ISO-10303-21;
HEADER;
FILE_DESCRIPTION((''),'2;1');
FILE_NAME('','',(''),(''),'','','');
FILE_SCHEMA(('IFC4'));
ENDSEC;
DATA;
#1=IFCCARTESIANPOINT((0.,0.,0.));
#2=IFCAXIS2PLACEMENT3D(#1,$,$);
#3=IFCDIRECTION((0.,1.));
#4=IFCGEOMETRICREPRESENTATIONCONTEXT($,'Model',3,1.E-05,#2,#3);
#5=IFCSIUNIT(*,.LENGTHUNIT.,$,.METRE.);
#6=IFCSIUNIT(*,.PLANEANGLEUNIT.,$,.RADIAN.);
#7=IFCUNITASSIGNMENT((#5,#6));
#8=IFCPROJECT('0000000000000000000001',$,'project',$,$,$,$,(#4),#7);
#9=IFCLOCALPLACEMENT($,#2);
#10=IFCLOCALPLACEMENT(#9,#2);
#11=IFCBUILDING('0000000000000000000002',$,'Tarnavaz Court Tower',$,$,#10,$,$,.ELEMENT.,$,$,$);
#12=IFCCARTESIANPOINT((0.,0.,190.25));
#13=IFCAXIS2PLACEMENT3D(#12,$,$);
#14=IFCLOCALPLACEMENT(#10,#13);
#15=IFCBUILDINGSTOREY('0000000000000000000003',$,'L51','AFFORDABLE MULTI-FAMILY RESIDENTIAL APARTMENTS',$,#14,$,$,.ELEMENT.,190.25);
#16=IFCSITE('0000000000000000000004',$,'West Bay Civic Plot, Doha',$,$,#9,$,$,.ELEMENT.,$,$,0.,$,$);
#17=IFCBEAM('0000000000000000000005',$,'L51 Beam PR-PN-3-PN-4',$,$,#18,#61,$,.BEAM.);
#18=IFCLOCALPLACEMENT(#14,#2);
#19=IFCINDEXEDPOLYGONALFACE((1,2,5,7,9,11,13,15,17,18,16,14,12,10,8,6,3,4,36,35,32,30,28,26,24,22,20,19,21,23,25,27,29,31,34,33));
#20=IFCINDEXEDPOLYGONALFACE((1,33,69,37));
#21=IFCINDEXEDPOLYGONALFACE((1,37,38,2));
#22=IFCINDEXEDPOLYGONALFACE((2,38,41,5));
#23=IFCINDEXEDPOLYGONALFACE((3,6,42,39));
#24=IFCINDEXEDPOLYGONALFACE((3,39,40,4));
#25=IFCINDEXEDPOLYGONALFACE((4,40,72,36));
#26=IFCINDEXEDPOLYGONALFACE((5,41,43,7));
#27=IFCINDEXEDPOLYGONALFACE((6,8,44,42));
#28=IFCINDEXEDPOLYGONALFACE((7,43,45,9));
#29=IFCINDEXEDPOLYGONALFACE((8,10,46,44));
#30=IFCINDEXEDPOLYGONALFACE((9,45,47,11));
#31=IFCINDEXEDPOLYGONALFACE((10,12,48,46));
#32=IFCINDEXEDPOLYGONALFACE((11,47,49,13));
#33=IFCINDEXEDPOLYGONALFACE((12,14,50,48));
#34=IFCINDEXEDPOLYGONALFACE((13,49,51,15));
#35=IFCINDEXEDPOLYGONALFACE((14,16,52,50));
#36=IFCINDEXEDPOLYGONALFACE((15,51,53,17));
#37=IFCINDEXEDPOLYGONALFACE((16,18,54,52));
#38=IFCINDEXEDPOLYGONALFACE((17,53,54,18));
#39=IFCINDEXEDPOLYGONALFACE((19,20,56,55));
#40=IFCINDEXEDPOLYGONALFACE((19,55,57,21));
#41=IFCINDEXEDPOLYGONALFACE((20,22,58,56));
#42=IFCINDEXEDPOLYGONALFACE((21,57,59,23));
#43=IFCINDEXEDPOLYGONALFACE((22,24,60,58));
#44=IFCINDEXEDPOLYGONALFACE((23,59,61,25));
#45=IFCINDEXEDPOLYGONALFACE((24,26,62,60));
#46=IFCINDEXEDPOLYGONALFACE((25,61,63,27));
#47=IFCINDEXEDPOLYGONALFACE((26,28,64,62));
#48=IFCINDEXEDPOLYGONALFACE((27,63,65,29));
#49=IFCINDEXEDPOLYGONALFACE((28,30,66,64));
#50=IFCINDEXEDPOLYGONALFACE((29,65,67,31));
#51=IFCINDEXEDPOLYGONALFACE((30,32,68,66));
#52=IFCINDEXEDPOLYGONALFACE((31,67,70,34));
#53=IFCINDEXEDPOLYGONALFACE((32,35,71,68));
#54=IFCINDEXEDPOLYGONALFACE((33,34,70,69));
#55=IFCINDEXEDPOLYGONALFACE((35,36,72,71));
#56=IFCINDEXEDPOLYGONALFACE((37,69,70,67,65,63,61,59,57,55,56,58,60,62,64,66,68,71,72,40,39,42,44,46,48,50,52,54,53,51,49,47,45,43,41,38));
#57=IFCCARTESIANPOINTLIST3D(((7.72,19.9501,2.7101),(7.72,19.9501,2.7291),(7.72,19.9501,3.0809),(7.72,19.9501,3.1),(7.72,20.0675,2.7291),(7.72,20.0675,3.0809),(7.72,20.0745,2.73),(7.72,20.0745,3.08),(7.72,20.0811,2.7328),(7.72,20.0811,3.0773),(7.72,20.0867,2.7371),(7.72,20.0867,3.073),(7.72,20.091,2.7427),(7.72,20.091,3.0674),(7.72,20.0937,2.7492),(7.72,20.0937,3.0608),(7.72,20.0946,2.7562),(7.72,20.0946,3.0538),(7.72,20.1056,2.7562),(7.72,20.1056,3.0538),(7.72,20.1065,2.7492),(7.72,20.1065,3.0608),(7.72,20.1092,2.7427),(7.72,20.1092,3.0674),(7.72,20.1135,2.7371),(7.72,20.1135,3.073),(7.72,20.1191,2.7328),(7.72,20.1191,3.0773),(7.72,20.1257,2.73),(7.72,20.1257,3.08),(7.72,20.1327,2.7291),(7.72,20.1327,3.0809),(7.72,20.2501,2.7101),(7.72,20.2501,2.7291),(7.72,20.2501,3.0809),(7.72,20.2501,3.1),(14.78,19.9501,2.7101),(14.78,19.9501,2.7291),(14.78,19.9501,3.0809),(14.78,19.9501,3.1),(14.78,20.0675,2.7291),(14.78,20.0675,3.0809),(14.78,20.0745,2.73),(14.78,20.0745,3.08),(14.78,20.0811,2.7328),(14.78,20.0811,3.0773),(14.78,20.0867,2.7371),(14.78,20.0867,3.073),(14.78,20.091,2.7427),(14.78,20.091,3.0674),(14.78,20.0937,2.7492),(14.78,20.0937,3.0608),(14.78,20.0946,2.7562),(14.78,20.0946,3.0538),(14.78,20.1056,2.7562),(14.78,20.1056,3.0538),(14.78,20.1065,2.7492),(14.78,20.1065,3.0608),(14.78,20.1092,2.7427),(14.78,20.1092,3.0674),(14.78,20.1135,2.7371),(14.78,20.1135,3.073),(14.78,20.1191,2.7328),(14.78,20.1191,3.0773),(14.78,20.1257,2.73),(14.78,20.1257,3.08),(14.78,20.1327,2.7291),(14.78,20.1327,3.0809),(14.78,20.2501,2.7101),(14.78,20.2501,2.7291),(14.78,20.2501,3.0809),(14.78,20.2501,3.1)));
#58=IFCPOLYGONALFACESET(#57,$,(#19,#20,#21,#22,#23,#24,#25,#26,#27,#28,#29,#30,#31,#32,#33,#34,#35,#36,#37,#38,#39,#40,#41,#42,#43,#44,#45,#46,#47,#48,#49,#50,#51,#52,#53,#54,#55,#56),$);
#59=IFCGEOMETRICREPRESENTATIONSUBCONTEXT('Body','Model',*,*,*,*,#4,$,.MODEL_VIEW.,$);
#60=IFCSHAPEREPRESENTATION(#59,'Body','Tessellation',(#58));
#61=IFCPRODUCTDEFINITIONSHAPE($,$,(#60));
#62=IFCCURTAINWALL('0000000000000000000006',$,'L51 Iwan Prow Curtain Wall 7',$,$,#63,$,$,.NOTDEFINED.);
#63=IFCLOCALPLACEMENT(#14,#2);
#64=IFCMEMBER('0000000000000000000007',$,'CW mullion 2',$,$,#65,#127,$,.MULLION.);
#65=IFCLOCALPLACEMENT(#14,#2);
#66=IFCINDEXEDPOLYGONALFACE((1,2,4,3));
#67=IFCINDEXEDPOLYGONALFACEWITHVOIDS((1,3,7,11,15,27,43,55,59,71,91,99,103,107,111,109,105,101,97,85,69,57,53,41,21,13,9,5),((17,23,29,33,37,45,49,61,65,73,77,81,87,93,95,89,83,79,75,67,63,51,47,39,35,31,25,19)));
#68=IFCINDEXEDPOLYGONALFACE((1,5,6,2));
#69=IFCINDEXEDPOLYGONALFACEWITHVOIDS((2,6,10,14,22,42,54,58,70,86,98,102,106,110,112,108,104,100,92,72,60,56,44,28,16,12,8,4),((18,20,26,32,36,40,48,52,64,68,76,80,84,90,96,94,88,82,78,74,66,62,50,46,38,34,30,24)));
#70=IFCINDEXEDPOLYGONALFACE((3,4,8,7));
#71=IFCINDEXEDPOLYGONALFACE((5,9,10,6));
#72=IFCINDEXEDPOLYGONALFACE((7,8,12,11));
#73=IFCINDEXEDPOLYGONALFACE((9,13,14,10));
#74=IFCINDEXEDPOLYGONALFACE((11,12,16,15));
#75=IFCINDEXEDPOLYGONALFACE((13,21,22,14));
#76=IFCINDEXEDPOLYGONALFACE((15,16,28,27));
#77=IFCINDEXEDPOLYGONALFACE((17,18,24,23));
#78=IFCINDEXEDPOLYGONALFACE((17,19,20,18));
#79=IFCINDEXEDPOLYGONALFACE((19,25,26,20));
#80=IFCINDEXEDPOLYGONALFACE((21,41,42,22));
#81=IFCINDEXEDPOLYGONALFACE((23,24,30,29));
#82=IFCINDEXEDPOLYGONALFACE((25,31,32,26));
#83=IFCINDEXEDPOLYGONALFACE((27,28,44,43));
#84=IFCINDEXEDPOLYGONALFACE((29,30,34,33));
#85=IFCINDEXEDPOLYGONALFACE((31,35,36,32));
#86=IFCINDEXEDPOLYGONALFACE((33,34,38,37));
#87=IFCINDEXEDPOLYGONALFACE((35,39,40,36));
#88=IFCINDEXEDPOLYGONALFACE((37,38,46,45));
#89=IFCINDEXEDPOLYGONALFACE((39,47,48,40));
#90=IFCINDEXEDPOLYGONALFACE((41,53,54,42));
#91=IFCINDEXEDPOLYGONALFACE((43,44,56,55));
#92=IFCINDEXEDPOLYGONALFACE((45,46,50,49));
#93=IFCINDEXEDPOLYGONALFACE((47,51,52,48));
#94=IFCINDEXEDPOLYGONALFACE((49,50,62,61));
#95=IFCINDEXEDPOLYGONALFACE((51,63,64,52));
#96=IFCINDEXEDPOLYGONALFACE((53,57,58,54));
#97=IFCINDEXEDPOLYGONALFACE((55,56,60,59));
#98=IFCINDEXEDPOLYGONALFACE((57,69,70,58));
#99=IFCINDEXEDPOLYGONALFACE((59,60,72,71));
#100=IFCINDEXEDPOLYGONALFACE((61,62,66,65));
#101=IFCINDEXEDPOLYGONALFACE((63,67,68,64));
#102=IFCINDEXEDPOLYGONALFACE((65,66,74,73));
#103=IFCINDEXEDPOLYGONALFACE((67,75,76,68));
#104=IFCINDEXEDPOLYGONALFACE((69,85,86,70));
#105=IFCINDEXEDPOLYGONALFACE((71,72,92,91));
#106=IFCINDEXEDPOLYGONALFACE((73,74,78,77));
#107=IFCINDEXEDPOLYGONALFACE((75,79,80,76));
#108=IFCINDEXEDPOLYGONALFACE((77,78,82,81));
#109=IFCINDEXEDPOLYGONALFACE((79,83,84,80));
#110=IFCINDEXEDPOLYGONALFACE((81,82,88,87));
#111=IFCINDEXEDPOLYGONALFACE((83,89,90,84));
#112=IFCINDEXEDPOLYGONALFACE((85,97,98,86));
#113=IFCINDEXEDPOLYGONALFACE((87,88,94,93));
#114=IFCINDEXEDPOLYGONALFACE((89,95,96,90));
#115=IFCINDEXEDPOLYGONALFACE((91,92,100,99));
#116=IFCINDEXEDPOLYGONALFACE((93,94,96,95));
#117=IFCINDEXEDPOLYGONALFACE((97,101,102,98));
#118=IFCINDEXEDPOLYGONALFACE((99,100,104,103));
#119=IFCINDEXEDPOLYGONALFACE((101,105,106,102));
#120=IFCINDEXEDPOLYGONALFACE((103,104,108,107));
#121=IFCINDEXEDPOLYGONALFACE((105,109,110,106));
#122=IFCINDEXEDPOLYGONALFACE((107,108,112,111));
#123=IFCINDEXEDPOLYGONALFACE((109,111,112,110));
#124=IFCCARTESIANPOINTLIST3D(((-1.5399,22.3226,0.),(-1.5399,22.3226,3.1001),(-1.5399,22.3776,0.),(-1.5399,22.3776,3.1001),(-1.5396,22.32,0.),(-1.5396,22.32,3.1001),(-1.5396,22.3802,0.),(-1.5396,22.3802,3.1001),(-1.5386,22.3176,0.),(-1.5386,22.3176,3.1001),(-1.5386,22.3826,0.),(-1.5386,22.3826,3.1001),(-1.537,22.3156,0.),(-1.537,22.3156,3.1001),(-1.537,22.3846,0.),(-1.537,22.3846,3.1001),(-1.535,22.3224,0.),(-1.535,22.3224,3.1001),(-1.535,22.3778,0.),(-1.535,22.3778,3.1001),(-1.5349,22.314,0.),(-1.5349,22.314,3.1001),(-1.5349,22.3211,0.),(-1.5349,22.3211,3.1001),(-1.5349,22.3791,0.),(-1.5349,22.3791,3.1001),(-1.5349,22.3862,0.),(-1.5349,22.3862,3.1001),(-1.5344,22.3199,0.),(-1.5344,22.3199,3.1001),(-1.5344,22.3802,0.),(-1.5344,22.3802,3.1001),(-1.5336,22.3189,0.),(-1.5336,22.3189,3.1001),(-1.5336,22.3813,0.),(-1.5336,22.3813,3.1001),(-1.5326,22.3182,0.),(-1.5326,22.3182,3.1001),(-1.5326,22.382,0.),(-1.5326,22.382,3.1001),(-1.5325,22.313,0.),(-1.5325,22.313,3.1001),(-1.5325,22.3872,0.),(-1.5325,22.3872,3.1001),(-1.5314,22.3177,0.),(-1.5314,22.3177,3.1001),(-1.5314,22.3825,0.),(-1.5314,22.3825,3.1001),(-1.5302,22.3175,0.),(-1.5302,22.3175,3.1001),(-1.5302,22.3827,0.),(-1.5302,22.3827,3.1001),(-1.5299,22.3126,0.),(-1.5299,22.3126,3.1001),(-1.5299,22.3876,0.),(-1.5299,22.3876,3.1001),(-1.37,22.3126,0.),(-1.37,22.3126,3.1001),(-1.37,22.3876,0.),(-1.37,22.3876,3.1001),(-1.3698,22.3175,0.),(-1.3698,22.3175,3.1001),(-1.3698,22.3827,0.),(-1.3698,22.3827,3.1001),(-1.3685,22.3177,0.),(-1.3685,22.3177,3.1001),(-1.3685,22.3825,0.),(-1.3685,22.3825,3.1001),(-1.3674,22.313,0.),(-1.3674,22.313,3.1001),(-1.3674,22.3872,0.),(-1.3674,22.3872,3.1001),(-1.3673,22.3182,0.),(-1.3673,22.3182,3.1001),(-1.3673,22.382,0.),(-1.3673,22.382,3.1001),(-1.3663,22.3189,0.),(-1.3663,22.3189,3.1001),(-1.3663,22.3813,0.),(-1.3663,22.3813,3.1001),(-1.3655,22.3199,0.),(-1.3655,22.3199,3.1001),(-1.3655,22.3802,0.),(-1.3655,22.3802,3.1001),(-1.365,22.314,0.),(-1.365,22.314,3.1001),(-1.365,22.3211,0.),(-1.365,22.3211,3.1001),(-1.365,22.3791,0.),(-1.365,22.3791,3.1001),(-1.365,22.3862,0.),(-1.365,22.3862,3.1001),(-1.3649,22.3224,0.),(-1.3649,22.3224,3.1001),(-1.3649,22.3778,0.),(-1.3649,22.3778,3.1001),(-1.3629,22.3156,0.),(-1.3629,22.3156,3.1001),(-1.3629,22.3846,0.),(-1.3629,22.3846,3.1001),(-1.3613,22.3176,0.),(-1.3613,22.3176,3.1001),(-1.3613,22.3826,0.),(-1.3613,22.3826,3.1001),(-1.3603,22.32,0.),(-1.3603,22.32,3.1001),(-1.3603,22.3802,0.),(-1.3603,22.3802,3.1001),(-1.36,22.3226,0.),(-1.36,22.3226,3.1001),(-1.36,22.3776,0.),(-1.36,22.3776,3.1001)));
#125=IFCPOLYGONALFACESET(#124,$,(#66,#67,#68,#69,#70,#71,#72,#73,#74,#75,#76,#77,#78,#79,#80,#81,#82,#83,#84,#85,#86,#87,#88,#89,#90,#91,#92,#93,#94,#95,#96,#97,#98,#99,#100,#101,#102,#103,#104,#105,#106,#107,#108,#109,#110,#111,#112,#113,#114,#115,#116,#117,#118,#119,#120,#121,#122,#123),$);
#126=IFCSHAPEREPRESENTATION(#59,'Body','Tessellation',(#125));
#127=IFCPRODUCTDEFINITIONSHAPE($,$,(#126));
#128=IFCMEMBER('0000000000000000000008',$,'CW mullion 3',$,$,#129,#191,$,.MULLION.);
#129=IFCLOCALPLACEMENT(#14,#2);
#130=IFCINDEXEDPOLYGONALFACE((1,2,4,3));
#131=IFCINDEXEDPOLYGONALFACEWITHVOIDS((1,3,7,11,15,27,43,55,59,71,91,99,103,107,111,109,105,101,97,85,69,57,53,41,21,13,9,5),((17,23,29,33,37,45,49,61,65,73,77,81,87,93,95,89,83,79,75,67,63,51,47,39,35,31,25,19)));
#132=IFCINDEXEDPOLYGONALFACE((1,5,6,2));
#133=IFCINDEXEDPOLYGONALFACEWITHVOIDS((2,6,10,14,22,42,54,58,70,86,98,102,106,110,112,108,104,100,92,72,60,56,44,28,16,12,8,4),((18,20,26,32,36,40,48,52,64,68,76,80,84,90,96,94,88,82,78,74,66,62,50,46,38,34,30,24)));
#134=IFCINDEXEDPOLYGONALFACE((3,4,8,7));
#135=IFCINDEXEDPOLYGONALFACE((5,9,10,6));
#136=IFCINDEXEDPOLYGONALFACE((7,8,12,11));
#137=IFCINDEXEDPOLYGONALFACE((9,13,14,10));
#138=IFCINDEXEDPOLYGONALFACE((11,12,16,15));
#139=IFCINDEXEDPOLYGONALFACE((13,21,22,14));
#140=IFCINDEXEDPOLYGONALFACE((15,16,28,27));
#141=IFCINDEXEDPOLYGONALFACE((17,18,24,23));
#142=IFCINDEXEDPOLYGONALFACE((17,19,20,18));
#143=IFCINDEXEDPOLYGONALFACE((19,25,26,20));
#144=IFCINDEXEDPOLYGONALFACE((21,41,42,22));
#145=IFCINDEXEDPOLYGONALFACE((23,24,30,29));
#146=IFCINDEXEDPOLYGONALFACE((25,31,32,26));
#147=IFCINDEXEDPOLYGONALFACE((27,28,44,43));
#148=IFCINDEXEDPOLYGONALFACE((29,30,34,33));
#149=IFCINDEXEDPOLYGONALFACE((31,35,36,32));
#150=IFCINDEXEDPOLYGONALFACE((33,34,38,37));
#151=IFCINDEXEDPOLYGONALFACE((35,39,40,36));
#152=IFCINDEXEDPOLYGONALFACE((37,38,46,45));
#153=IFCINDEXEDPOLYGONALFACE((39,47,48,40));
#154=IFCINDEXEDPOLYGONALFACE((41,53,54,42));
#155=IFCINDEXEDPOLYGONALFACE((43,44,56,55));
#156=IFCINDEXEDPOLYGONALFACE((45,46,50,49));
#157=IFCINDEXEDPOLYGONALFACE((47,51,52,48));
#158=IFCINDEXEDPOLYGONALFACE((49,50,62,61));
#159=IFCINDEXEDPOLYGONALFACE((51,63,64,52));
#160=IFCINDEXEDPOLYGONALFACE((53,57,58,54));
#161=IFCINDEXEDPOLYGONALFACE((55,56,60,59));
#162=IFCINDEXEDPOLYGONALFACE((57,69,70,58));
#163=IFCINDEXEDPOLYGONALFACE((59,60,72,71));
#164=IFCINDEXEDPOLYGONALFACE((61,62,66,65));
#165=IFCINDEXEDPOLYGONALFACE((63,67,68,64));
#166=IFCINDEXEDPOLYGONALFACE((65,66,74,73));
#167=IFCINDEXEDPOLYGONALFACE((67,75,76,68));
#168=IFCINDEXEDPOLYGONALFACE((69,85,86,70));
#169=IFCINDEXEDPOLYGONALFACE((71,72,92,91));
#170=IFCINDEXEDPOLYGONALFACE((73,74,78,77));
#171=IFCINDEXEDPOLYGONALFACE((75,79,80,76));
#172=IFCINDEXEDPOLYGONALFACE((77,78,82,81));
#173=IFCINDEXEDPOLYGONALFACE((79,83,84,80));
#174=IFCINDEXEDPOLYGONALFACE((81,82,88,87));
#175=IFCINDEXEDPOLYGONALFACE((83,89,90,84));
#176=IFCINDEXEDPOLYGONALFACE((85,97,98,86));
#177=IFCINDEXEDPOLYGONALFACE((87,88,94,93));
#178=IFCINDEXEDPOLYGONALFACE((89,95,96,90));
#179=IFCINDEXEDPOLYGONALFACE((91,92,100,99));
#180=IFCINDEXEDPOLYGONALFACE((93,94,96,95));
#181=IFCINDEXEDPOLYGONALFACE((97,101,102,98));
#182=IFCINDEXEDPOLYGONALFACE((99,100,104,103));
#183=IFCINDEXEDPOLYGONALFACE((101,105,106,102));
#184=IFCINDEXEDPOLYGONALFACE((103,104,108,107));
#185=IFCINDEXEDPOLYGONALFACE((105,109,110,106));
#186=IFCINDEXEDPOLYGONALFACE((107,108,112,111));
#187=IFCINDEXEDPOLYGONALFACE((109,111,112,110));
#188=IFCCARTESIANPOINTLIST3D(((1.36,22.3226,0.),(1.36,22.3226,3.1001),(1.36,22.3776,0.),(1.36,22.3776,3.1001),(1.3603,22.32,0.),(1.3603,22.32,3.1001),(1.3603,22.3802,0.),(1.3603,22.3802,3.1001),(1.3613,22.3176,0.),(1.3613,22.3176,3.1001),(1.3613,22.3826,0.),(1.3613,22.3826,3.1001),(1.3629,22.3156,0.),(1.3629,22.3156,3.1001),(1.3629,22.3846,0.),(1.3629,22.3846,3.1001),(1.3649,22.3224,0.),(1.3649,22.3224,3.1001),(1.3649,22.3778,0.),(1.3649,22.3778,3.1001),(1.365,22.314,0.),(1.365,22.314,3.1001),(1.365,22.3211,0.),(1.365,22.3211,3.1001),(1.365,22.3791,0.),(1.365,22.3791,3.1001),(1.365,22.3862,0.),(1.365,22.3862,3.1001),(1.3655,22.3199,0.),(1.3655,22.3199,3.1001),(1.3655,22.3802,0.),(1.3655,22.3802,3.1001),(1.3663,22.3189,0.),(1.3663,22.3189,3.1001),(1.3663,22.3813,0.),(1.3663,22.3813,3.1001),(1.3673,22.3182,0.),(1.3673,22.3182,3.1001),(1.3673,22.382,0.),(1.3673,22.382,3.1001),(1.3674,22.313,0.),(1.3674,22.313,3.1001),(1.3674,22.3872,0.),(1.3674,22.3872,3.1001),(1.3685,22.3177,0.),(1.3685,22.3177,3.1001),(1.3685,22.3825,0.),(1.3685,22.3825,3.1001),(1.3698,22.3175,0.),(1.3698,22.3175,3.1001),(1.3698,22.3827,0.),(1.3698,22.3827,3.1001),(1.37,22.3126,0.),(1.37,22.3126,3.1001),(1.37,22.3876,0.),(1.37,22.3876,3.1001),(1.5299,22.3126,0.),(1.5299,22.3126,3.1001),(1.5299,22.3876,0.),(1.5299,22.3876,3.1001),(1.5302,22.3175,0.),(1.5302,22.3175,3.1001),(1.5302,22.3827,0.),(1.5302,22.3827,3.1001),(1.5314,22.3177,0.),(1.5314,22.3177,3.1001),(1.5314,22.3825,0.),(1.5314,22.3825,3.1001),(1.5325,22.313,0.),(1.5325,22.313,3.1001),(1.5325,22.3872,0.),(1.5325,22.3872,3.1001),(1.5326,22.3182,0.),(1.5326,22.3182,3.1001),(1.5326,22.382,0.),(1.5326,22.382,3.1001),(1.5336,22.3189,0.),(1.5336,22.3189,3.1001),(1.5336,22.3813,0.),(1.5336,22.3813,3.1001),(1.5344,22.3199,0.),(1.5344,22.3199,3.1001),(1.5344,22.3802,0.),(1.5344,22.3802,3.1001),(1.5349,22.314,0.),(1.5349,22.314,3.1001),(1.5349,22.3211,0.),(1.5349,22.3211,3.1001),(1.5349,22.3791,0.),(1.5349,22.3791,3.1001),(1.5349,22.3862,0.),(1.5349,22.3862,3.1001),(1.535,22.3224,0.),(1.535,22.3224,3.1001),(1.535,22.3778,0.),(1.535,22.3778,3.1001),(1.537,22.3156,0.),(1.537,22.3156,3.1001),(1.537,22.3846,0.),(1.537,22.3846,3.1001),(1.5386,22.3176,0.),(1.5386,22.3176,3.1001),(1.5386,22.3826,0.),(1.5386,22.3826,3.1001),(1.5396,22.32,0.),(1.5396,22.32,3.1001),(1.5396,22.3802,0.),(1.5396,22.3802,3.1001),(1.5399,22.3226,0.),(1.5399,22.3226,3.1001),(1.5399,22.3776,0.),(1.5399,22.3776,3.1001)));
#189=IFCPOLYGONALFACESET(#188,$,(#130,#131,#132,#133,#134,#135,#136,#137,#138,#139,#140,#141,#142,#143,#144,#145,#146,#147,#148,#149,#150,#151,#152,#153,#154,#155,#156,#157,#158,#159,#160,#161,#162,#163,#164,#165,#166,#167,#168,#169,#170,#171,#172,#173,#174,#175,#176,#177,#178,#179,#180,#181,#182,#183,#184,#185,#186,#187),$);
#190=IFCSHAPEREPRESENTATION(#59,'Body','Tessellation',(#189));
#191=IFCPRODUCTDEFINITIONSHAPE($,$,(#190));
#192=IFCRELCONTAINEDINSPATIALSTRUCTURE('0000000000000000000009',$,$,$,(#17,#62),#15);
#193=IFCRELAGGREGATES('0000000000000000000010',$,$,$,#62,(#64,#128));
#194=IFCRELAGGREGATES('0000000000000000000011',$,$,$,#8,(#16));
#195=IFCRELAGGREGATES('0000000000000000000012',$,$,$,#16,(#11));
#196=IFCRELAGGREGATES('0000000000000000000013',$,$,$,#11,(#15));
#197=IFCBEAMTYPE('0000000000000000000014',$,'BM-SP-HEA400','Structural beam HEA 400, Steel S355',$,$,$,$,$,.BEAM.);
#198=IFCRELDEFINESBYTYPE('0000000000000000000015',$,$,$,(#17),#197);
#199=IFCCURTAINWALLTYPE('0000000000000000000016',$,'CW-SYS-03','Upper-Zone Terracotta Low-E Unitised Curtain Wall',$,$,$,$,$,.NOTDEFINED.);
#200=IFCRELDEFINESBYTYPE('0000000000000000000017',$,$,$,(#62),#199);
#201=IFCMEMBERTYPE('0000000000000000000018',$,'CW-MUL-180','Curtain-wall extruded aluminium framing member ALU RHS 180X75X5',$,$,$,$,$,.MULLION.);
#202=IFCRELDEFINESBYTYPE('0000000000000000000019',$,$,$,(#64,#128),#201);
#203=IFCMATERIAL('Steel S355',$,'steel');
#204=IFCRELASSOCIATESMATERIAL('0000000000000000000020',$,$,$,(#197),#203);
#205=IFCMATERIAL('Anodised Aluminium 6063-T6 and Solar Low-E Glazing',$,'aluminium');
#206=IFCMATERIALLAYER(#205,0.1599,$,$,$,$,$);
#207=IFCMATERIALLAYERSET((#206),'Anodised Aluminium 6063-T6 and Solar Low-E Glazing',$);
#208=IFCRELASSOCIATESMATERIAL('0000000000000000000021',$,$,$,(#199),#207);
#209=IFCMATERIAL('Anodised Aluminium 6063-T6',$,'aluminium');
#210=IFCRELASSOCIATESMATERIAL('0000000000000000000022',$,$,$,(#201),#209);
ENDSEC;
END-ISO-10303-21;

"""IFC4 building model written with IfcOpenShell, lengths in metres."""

from ifc_helpers import new_model, si_unit, direction, frame, origin, origin_2d, place, context, subcontext, project, spatial, hollow_rectangle, i_section, extrude, material, layer, layer_set, material_profile, profile_set, type_object, element, aggregate, save


model = new_model("IFC4")

# Units and contexts
model_context = context("Model", 3, precision=1e-05, world=origin(), true_north=direction((0.0, 1.0)))
body_context = subcontext(model_context, "Body", "Model", "MODEL_VIEW")
ifc_project = project(units=[si_unit("LENGTHUNIT", "METRE"), si_unit("PLANEANGLEUNIT", "RADIAN")], contexts=[model_context])

# Site, building, storey
site_placement = place(None, origin())
site = spatial("IfcSite", under=ifc_project, at=site_placement, Name="West Bay Civic Plot, Doha", CompositionType="ELEMENT", RefElevation=0.0)
building_placement = place(site_placement, origin())
building = spatial("IfcBuilding", under=site, at=building_placement, Name="Tarnavaz Court Tower", CompositionType="ELEMENT")
storey_placement = place(building_placement, frame((0.0, 0.0, 190.25)))
storey = spatial("IfcBuildingStorey", under=building, at=storey_placement, Name="L51", Description="AFFORDABLE MULTI-FAMILY RESIDENTIAL APARTMENTS", CompositionType="ELEMENT", Elevation=190.25)

# Beam
ifc_material_1 = material(Name="Steel S355", Category="steel")
ifc_material_profile_1 = material_profile(ifc_material_1, i_section(OverallWidth=0.3, OverallDepth=0.3899, WebThickness=0.011, FlangeThickness=0.019, FilletRadius=0.0271, at=origin_2d()), Name="HEA 400")
ifc_profile_set_1 = profile_set([ifc_material_profile_1], Name="Steel S355")
beam_type_1 = type_object("IfcBeamType", Name="BM-SP-HEA400", Description="Structural beam HEA 400, Steel S355", PredefinedType="BEAM", material=ifc_profile_set_1)
beam_placement = place(storey_placement, frame((7.72, 20.1001, 2.905), z_axis=(1.0, 0.0, 0.0), x_axis=(0.0, 1.0, 0.0)))
element("IfcBeam", 1, at=beam_placement, inside=storey, type_object=beam_type_1, Name="L51 Beam PR-PN-3-PN-4", PredefinedType="BEAM", context=body_context, shape_type="SweptSolid", body=[
    extrude(i_section(OverallWidth=0.3, OverallDepth=0.3899, WebThickness=0.011, FlangeThickness=0.019, FilletRadius=0.0271, at=origin_2d()), origin(), (0.0, 0.0, 1.0), 7.0601),
])

# Curtain wall, members
ifc_material_2 = material(Name="Anodised Aluminium 6063-T6 and Solar Low-E Glazing", Category="aluminium")
ifc_layer_1 = layer(ifc_material_2, 0.1599)
ifc_layer_set_1 = layer_set([ifc_layer_1], Name="Anodised Aluminium 6063-T6 and Solar Low-E Glazing")
curtain_wall_type = type_object("IfcCurtainWallType", Name="CW-SYS-03", Description="Upper-Zone Terracotta Low-E Unitised Curtain Wall", PredefinedType="NOTDEFINED", material=ifc_layer_set_1)
curtain_wall_placement = place(storey_placement, origin())
curtain_wall = element("IfcCurtainWall", 2, at=curtain_wall_placement, inside=storey, type_object=curtain_wall_type, Name="L51 Iwan Prow Curtain Wall 7", PredefinedType="NOTDEFINED")
ifc_material_3 = material(Name="Anodised Aluminium 6063-T6", Category="aluminium")
ifc_material_profile_2 = material_profile(ifc_material_3, hollow_rectangle(XDim=0.075, YDim=0.1799, WallThickness=0.0049, InnerFilletRadius=0.0049, OuterFilletRadius=0.01, at=origin_2d()), Name="ALU RHS 180X75X5")
ifc_profile_set_2 = profile_set([ifc_material_profile_2], Name="Anodised Aluminium 6063-T6")
member_type_1 = type_object("IfcMemberType", Name="CW-MUL-180", Description="Curtain-wall extruded aluminium framing member ALU RHS 180X75X5", PredefinedType="MULLION", material=ifc_profile_set_2)
member_1_placement = place(storey_placement, frame((-1.45, 22.3501, 0.0), z_axis=(0.0, 0.0, 1.0), x_axis=(0.0, 1.0, 0.0)))
member_1 = element("IfcMember", 3, at=member_1_placement, type_object=member_type_1, Name="CW mullion 2", PredefinedType="MULLION", context=body_context, shape_type="SweptSolid", body=[
    extrude(hollow_rectangle(XDim=0.075, YDim=0.1799, WallThickness=0.0049, InnerFilletRadius=0.0049, OuterFilletRadius=0.01, at=origin_2d()), origin(), (0.0, 0.0, 1.0), 3.1001),
])
member_2_placement = place(storey_placement, frame((1.45, 22.3501, 0.0), z_axis=(0.0, 0.0, 1.0), x_axis=(0.0, 1.0, 0.0)))
member_2 = element("IfcMember", 4, at=member_2_placement, type_object=member_type_1, Name="CW mullion 3", PredefinedType="MULLION", context=body_context, shape_type="SweptSolid", body=[
    extrude(hollow_rectangle(XDim=0.075, YDim=0.1799, WallThickness=0.0049, InnerFilletRadius=0.0049, OuterFilletRadius=0.01, at=origin_2d()), origin(), (0.0, 0.0, 1.0), 3.1001),
])
aggregate(curtain_wall, [member_1, member_2])

save(model, "model.ifc")
